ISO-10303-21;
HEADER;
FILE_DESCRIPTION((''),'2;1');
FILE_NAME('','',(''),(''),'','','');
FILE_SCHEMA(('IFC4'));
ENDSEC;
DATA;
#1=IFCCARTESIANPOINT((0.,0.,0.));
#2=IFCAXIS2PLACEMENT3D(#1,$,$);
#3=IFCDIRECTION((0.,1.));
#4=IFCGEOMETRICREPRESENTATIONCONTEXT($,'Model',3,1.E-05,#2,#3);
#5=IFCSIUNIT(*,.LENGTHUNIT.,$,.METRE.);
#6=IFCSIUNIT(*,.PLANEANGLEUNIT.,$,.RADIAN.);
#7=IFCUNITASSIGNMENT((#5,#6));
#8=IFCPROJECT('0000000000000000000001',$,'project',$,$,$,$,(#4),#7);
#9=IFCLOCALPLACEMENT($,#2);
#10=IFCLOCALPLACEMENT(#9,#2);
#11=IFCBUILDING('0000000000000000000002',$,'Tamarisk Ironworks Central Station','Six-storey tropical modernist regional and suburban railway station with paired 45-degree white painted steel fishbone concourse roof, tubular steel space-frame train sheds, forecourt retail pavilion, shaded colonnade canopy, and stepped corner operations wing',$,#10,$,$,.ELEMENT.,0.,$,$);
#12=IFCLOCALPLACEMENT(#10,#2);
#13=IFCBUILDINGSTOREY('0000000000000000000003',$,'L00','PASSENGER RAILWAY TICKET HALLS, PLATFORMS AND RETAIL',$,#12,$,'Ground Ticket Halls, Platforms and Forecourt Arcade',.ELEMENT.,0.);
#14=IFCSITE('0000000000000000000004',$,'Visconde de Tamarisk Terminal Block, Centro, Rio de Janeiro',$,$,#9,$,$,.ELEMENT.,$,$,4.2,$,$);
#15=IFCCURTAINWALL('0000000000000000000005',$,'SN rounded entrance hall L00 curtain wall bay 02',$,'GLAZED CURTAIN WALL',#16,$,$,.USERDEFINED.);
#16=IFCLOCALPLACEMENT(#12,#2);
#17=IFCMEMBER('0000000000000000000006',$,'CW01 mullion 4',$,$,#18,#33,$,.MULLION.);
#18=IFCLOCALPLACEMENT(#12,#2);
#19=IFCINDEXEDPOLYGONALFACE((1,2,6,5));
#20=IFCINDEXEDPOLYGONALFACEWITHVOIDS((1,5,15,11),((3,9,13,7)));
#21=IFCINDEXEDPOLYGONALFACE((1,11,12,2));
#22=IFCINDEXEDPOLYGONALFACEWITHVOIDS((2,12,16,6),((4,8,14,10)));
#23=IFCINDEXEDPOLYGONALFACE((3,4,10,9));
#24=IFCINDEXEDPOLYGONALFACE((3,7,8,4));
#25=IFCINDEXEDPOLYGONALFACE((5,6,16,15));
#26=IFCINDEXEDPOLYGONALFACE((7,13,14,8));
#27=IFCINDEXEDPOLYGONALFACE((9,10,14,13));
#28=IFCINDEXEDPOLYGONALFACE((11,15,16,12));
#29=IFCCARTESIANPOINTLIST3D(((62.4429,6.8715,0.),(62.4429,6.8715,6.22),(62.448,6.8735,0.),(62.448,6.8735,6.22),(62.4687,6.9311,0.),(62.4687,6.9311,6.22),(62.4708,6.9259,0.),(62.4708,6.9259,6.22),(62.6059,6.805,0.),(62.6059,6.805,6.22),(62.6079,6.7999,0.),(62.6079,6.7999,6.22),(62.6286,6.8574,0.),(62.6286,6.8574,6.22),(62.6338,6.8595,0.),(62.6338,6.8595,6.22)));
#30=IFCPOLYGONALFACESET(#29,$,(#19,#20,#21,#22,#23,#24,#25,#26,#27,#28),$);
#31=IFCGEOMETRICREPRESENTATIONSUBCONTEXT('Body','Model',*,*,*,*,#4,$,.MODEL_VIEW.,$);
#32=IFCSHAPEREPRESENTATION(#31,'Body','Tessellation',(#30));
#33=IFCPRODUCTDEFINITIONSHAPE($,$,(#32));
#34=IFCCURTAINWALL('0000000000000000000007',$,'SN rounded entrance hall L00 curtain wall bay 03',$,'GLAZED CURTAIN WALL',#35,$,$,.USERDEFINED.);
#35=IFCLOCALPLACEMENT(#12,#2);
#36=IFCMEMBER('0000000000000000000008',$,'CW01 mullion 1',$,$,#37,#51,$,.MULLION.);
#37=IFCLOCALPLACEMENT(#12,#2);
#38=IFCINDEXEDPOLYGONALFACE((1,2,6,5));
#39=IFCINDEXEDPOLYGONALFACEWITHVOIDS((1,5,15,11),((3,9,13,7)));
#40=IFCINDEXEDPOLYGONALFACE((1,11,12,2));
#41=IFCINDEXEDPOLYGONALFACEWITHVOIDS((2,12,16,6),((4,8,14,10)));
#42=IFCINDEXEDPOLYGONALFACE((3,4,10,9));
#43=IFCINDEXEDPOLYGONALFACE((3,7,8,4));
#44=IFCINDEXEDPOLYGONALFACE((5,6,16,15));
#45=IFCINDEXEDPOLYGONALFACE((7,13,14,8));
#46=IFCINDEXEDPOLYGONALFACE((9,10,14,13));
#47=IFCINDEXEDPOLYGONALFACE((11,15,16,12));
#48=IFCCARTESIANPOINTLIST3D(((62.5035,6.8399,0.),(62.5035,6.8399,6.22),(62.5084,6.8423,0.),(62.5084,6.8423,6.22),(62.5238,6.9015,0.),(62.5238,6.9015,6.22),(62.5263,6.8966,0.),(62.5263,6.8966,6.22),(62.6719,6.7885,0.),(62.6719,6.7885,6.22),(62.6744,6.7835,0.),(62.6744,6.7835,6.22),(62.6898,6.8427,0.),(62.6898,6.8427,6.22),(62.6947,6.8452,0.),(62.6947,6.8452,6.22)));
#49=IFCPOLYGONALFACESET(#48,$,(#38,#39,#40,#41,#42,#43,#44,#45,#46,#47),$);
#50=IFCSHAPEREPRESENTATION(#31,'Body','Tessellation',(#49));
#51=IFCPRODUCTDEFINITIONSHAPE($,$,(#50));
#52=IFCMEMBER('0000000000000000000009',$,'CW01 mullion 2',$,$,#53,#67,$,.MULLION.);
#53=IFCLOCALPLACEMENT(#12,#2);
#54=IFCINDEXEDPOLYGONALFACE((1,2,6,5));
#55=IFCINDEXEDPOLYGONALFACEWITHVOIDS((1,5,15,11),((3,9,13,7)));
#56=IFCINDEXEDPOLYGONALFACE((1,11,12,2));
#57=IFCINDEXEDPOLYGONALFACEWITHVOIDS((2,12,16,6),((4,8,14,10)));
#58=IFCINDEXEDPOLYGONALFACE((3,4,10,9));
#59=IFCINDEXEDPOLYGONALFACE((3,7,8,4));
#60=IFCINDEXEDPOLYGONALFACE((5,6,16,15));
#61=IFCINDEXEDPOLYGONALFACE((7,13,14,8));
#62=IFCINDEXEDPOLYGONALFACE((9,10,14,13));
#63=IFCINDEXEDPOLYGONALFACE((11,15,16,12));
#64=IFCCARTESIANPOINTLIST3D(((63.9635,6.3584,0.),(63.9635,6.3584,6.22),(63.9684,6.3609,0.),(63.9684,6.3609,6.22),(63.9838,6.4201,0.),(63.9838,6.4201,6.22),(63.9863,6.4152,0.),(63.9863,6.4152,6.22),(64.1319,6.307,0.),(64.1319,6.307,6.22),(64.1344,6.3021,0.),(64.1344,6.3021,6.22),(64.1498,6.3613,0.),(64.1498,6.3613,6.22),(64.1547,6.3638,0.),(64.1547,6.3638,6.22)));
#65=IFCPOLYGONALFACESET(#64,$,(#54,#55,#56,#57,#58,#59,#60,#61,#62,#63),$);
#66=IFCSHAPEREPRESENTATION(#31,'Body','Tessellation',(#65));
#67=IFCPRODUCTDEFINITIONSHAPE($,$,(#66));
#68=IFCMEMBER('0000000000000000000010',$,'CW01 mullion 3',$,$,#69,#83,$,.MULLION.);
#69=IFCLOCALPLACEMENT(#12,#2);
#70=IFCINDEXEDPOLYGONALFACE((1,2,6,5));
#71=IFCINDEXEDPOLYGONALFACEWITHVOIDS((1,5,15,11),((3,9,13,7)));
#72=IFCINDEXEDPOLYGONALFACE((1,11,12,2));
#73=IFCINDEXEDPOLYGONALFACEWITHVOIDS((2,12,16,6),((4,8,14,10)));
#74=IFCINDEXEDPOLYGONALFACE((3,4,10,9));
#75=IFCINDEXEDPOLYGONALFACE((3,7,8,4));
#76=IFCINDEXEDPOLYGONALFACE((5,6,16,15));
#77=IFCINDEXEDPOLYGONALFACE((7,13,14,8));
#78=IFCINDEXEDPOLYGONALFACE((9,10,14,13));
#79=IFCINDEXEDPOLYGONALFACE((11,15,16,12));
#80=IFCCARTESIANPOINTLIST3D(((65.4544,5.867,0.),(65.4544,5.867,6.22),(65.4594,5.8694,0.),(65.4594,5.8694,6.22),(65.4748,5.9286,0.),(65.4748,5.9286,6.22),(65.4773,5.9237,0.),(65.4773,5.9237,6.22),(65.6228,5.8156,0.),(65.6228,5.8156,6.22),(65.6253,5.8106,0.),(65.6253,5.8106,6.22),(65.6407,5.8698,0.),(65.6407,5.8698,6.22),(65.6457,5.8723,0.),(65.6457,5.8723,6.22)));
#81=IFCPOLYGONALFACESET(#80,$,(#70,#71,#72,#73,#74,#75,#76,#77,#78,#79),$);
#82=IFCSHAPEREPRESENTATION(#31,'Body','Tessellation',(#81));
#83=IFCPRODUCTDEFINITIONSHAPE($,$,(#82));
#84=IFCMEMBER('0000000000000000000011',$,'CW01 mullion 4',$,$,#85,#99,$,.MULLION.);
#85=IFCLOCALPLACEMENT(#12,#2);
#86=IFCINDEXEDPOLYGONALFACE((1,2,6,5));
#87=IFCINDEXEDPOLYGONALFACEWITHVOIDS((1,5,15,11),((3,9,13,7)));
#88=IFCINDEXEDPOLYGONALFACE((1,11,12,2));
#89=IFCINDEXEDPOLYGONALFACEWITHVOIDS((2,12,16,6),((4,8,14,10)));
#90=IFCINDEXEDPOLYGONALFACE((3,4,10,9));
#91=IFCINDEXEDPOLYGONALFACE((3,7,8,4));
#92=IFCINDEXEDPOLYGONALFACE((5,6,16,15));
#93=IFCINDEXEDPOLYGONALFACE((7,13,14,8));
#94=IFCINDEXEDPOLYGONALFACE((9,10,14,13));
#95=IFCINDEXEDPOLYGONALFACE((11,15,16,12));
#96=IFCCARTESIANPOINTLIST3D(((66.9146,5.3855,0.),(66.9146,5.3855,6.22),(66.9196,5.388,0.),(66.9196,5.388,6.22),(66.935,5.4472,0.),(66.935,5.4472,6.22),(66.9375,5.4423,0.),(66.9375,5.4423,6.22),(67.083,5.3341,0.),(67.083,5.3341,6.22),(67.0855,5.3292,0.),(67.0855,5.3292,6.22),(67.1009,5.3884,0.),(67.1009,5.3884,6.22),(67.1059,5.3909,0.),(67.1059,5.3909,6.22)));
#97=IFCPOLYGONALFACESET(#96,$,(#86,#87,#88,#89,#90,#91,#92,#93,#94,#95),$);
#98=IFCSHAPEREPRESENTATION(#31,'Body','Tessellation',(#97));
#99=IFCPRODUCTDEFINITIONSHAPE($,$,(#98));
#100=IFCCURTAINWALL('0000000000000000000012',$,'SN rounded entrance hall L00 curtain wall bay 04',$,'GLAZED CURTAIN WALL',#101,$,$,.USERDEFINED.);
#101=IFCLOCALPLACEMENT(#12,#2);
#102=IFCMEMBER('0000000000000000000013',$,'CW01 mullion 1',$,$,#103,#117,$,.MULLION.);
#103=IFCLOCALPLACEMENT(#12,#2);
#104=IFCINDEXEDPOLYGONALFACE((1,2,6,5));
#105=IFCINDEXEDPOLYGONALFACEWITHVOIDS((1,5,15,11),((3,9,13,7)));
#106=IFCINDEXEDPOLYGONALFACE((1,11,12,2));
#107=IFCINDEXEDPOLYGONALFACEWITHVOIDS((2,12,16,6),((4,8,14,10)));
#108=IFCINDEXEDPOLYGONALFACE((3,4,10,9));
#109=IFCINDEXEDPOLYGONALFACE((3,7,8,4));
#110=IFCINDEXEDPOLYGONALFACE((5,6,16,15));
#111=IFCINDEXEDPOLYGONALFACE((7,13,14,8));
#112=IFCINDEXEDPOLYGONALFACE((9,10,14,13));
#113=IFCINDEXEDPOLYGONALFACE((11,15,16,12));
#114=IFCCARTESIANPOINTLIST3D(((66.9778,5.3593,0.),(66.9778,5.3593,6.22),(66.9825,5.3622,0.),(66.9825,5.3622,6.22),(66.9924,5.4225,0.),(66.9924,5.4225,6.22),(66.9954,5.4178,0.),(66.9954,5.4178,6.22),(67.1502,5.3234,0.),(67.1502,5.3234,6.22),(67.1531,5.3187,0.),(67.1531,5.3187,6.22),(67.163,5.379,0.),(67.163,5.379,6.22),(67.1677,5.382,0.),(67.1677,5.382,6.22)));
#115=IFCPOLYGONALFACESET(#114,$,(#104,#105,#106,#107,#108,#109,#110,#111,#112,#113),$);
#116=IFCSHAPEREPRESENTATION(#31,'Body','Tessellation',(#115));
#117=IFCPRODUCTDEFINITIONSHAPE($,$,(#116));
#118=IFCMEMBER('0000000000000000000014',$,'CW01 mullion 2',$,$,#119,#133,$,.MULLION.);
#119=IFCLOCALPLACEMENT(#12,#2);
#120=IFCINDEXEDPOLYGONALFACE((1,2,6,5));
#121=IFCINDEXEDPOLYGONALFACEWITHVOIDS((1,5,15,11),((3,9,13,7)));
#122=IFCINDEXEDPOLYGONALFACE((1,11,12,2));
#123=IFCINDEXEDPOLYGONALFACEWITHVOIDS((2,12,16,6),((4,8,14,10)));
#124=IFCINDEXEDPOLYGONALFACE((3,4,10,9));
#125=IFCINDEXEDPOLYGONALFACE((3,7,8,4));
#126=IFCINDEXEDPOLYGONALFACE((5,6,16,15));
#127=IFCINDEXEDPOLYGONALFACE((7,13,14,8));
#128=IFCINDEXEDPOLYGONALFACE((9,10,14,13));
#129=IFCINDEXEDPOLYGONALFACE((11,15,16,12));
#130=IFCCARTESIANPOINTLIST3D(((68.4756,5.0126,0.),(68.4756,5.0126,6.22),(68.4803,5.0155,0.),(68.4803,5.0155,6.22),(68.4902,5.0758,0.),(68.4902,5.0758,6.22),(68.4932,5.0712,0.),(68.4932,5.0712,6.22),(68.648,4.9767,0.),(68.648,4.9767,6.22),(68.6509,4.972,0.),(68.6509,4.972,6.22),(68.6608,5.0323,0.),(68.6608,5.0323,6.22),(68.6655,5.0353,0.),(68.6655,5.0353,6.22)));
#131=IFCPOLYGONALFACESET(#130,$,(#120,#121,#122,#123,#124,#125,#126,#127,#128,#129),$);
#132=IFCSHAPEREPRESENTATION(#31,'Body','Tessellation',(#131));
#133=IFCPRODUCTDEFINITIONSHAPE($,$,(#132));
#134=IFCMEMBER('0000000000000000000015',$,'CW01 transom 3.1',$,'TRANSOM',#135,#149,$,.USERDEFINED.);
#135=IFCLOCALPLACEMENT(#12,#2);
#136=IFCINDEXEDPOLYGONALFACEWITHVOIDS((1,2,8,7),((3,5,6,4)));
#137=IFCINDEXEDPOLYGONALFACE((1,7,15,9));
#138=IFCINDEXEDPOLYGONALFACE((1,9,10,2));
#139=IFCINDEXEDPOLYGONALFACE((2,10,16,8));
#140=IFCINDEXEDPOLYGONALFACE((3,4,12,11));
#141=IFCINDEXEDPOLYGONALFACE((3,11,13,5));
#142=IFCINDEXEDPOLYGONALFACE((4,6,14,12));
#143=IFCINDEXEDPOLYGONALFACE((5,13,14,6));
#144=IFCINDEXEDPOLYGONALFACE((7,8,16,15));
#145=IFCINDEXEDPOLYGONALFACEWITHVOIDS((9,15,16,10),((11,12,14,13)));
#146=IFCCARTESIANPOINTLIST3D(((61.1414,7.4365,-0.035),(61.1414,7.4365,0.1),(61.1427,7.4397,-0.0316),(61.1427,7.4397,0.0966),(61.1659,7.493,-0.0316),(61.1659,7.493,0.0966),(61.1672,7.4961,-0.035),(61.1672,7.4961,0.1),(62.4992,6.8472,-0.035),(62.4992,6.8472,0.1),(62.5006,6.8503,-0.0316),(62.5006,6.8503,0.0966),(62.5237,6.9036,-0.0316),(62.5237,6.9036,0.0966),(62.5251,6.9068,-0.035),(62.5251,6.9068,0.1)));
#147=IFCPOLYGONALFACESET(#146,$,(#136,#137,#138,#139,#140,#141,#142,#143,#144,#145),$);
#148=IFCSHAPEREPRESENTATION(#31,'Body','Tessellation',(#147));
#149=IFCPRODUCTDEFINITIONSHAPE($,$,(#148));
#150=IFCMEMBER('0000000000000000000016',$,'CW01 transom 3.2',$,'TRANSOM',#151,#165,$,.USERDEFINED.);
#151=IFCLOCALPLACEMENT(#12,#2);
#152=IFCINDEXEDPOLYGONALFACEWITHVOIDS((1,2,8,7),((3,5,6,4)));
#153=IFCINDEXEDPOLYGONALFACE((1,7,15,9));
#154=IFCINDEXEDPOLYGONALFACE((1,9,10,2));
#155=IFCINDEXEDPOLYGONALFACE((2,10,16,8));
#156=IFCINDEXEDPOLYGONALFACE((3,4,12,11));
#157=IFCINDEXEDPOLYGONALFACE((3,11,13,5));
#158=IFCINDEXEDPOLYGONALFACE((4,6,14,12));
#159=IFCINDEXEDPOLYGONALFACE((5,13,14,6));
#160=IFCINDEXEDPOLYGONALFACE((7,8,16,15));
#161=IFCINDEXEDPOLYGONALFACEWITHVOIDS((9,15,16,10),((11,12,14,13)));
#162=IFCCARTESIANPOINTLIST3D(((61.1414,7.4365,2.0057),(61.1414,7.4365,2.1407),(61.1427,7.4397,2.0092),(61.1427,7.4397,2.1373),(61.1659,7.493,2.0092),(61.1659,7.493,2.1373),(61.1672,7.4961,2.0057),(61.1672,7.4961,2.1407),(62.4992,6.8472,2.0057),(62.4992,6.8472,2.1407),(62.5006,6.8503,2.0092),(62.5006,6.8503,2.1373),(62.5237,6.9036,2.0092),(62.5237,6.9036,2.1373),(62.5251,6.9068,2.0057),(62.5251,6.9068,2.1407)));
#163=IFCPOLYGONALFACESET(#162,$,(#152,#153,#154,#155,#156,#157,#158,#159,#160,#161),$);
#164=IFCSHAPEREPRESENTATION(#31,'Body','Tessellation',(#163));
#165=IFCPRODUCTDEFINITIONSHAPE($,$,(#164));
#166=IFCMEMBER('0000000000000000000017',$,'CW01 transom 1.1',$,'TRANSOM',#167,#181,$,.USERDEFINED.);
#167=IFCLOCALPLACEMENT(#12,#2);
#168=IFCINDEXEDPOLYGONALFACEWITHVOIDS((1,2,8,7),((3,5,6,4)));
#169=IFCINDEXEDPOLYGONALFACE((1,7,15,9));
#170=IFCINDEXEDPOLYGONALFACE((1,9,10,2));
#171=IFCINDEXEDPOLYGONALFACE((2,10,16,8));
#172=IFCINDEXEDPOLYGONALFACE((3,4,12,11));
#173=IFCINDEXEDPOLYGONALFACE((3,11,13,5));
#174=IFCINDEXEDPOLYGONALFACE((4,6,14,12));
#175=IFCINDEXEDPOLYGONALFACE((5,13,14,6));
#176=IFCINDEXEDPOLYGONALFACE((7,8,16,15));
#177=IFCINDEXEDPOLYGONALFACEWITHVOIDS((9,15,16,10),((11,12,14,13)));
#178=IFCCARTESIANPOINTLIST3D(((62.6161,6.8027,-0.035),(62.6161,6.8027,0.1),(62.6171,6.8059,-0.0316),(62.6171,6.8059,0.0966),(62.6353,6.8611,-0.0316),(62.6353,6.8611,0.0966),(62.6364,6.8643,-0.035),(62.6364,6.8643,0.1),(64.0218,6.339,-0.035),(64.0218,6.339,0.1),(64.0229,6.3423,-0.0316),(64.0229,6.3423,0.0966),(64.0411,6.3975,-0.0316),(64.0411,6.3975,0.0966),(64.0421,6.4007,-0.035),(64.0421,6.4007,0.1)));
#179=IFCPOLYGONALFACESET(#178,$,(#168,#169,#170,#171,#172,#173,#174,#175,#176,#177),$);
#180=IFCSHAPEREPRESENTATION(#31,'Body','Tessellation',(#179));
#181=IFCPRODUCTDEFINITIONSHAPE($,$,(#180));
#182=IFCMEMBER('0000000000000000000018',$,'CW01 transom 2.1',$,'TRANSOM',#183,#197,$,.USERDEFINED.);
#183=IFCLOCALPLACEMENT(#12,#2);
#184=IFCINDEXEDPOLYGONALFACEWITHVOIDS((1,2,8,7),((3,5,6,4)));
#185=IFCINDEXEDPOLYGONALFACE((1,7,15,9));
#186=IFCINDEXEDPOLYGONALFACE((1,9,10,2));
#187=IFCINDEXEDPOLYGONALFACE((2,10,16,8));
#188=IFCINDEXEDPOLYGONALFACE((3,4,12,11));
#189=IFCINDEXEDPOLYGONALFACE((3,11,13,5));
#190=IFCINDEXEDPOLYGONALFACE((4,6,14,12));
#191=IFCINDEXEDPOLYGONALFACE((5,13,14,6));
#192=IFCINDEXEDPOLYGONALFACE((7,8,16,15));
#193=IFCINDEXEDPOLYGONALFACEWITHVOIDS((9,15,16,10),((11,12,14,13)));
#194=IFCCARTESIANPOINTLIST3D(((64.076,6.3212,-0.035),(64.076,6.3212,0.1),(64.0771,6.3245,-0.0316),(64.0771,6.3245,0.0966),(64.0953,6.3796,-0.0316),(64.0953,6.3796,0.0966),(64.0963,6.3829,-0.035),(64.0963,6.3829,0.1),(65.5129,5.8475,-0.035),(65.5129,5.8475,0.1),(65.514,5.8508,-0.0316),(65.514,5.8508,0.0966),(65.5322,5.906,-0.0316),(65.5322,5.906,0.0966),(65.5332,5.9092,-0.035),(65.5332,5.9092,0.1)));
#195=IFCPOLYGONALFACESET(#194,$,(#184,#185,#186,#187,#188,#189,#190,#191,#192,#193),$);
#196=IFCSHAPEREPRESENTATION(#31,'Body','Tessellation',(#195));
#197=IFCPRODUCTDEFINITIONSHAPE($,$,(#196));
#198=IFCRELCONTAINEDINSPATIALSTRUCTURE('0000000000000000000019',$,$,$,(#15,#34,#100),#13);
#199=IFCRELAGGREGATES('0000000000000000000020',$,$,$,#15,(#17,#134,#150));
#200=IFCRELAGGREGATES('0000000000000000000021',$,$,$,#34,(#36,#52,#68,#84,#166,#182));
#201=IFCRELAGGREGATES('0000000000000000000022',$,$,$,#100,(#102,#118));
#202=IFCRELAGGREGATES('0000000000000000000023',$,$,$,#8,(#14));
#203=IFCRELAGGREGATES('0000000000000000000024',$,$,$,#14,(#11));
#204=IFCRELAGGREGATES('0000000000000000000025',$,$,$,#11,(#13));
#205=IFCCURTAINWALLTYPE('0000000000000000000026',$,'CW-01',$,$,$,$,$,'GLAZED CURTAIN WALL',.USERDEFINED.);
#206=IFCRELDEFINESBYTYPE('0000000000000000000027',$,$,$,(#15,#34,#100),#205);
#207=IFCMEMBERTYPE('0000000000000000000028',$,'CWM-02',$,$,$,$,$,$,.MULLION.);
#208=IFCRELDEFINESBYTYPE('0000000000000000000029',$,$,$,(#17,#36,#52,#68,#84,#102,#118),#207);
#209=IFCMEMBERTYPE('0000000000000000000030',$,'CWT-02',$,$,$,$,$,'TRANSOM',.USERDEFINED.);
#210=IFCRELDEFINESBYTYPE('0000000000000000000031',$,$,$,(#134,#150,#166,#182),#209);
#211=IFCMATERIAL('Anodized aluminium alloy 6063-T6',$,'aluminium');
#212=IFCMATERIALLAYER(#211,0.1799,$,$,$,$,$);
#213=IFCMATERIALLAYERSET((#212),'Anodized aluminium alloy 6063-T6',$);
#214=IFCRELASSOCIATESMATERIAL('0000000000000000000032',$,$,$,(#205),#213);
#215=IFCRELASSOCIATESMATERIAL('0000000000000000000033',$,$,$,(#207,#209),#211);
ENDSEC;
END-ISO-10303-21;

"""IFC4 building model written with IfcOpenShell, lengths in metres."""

from ifc_helpers import new_model, si_unit, direction, frame, origin, origin_2d, place, context, subcontext, project, spatial, hollow_rectangle, extrude, material, layer, layer_set, material_profile, profile_set, type_object, element, aggregate, save


model = new_model("IFC4")

# Units and contexts
model_context = context("Model", 3, precision=1e-05, world=origin(), true_north=direction((0.0, 1.0)))
body_context = subcontext(model_context, "Body", "Model", "MODEL_VIEW")
ifc_project = project(units=[si_unit("LENGTHUNIT", "METRE"), si_unit("PLANEANGLEUNIT", "RADIAN")], contexts=[model_context])

# Site, building, storey
site_placement = place(None, origin())
site = spatial("IfcSite", under=ifc_project, at=site_placement, Name="Visconde de Tamarisk Terminal Block, Centro, Rio de Janeiro", CompositionType="ELEMENT", RefElevation=4.2)
building_placement = place(site_placement, origin())
building = spatial("IfcBuilding", under=site, at=building_placement, Name="Tamarisk Ironworks Central Station", Description="Six-storey tropical modernist regional and suburban railway station with paired 45-degree white painted steel fishbone concourse roof, tubular steel space-frame train sheds, forecourt retail pavilion, shaded colonnade canopy, and stepped corner operations wing", CompositionType="ELEMENT", ElevationOfRefHeight=0.0)
storey_placement = place(building_placement, origin())
storey = spatial("IfcBuildingStorey", under=building, at=storey_placement, Name="L00", Description="PASSENGER RAILWAY TICKET HALLS, PLATFORMS AND RETAIL", LongName="Ground Ticket Halls, Platforms and Forecourt Arcade", CompositionType="ELEMENT", Elevation=0.0)

# Curtain walls, members
ifc_material_1 = material(Name="Anodized aluminium alloy 6063-T6", Category="aluminium")
ifc_layer_1 = layer(ifc_material_1, 0.1799)
ifc_layer_set_1 = layer_set([ifc_layer_1], Name="Anodized aluminium alloy 6063-T6")
curtain_wall_type = type_object("IfcCurtainWallType", Name="CW-01", ElementType="GLAZED CURTAIN WALL", PredefinedType="USERDEFINED", material=ifc_layer_set_1)
curtain_wall_1_placement = place(storey_placement, origin())
curtain_wall_1 = element("IfcCurtainWall", 1, at=curtain_wall_1_placement, inside=storey, type_object=curtain_wall_type, Name="SN rounded entrance hall L00 curtain wall bay 02", ObjectType="GLAZED CURTAIN WALL", PredefinedType="USERDEFINED")
ifc_material_profile_1 = material_profile(ifc_material_1, hollow_rectangle(XDim=0.0649, YDim=0.1799, WallThickness=0.0039, at=origin_2d()), Name="ALUM 180x65")
ifc_profile_set_1 = profile_set([ifc_material_profile_1], Name="Anodized aluminium alloy 6063-T6")
member_type_1 = type_object("IfcMemberType", Name="CWM-02", PredefinedType="MULLION", material=ifc_profile_set_1)
member_1_placement = place(storey_placement, frame((62.5383, 6.8655, 0.0), z_axis=(0.0, 0.0, 1.0), x_axis=(0.398077, 0.917352, 0.0)))
member_1 = element("IfcMember", 2, at=member_1_placement, type_object=member_type_1, Name="CW01 mullion 4", PredefinedType="MULLION", context=body_context, shape_type="SweptSolid", body=[
    extrude(hollow_rectangle(XDim=0.0649, YDim=0.1799, WallThickness=0.0039, at=origin_2d()), origin(), (0.0, 0.0, 1.0), 6.22),
])
curtain_wall_2_placement = place(storey_placement, origin())
curtain_wall_2 = element("IfcCurtainWall", 3, at=curtain_wall_2_placement, inside=storey, type_object=curtain_wall_type, Name="SN rounded entrance hall L00 curtain wall bay 03", ObjectType="GLAZED CURTAIN WALL", PredefinedType="USERDEFINED")
member_2_placement = place(storey_placement, frame((62.5991, 6.8425, 0.0), z_axis=(0.0, 0.0, 1.0), x_axis=(0.313098, 0.949721, 0.0)))
member_2 = element("IfcMember", 4, at=member_2_placement, type_object=member_type_1, Name="CW01 mullion 1", PredefinedType="MULLION", context=body_context, shape_type="SweptSolid", body=[
    extrude(hollow_rectangle(XDim=0.0649, YDim=0.1799, WallThickness=0.0039, at=origin_2d()), origin(), (0.0, 0.0, 1.0), 6.22),
])
member_3_placement = place(storey_placement, frame((64.0591, 6.3611, 0.0), z_axis=(0.0, 0.0, 1.0), x_axis=(0.313098, 0.949721, 0.0)))
member_3 = element("IfcMember", 5, at=member_3_placement, type_object=member_type_1, Name="CW01 mullion 2", PredefinedType="MULLION", context=body_context, shape_type="SweptSolid", body=[
    extrude(hollow_rectangle(XDim=0.0649, YDim=0.1799, WallThickness=0.0039, at=origin_2d()), origin(), (0.0, 0.0, 1.0), 6.22),
])
member_4_placement = place(storey_placement, frame((65.55, 5.8696, 0.0), z_axis=(0.0, 0.0, 1.0), x_axis=(0.313098, 0.949721, 0.0)))
member_4 = element("IfcMember", 6, at=member_4_placement, type_object=member_type_1, Name="CW01 mullion 3", PredefinedType="MULLION", context=body_context, shape_type="SweptSolid", body=[
    extrude(hollow_rectangle(XDim=0.0649, YDim=0.1799, WallThickness=0.0039, at=origin_2d()), origin(), (0.0, 0.0, 1.0), 6.22),
])
member_5_placement = place(storey_placement, frame((67.0103, 5.3882, 0.0), z_axis=(0.0, 0.0, 1.0), x_axis=(0.313098, 0.949721, 0.0)))
member_5 = element("IfcMember", 7, at=member_5_placement, type_object=member_type_1, Name="CW01 mullion 4", PredefinedType="MULLION", context=body_context, shape_type="SweptSolid", body=[
    extrude(hollow_rectangle(XDim=0.0649, YDim=0.1799, WallThickness=0.0039, at=origin_2d()), origin(), (0.0, 0.0, 1.0), 6.22),
])
curtain_wall_3_placement = place(storey_placement, origin())
curtain_wall_3 = element("IfcCurtainWall", 8, at=curtain_wall_3_placement, inside=storey, type_object=curtain_wall_type, Name="SN rounded entrance hall L00 curtain wall bay 04", ObjectType="GLAZED CURTAIN WALL", PredefinedType="USERDEFINED")
member_6_placement = place(storey_placement, frame((67.0728, 5.3706, 0.0), z_axis=(0.0, 0.0, 1.0), x_axis=(0.225517, 0.974239, 0.0)))
member_6 = element("IfcMember", 9, at=member_6_placement, type_object=member_type_1, Name="CW01 mullion 1", PredefinedType="MULLION", context=body_context, shape_type="SweptSolid", body=[
    extrude(hollow_rectangle(XDim=0.0649, YDim=0.1799, WallThickness=0.0039, at=origin_2d()), origin(), (0.0, 0.0, 1.0), 6.22),
])
member_7_placement = place(storey_placement, frame((68.5706, 5.0239, 0.0), z_axis=(0.0, 0.0, 1.0), x_axis=(0.225517, 0.974239, 0.0)))
member_7 = element("IfcMember", 10, at=member_7_placement, type_object=member_type_1, Name="CW01 mullion 2", PredefinedType="MULLION", context=body_context, shape_type="SweptSolid", body=[
    extrude(hollow_rectangle(XDim=0.0649, YDim=0.1799, WallThickness=0.0039, at=origin_2d()), origin(), (0.0, 0.0, 1.0), 6.22),
])

# Members
ifc_material_profile_2 = material_profile(ifc_material_1, hollow_rectangle(XDim=0.0649, YDim=0.135, WallThickness=0.0034, at=origin_2d()), Name="ALUM 135x65")
ifc_profile_set_2 = profile_set([ifc_material_profile_2], Name="Anodized aluminium alloy 6063-T6")
member_type_2 = type_object("IfcMemberType", Name="CWT-02", ElementType="TRANSOM", PredefinedType="USERDEFINED", material=ifc_profile_set_2)
member_8_placement = place(storey_placement, frame((61.1543, 7.4663, 0.0325), z_axis=(0.917327, -0.398135, 0.0), x_axis=(0.398135, 0.917327, 0.0)))
member_8 = element("IfcMember", 11, at=member_8_placement, type_object=member_type_2, Name="CW01 transom 3.1", ObjectType="TRANSOM", PredefinedType="USERDEFINED", context=body_context, shape_type="SweptSolid", body=[
    extrude(hollow_rectangle(XDim=0.0649, YDim=0.135, WallThickness=0.0034, at=origin_2d()), origin(), (0.0, 0.0, 1.0), 1.4802),
])
member_9_placement = place(storey_placement, frame((61.1543, 7.4663, 2.0732), z_axis=(0.917327, -0.398135, 0.0), x_axis=(0.398135, 0.917327, 0.0)))
member_9 = element("IfcMember", 12, at=member_9_placement, type_object=member_type_2, Name="CW01 transom 3.2", ObjectType="TRANSOM", PredefinedType="USERDEFINED", context=body_context, shape_type="SweptSolid", body=[
    extrude(hollow_rectangle(XDim=0.0649, YDim=0.135, WallThickness=0.0034, at=origin_2d()), origin(), (0.0, 0.0, 1.0), 1.4802),
])
member_10_placement = place(storey_placement, frame((62.6262, 6.8335, 0.0325), z_axis=(0.949685, -0.313208, 0.0), x_axis=(0.313208, 0.949685, 0.0)))
member_10 = element("IfcMember", 13, at=member_10_placement, type_object=member_type_2, Name="CW01 transom 1.1", ObjectType="TRANSOM", PredefinedType="USERDEFINED", context=body_context, shape_type="SweptSolid", body=[
    extrude(hollow_rectangle(XDim=0.0649, YDim=0.135, WallThickness=0.0034, at=origin_2d()), origin(), (0.0, 0.0, 1.0), 1.4802),
])
member_11_placement = place(storey_placement, frame((64.0862, 6.3521, 0.0325), z_axis=(0.949727, -0.313079, 0.0), x_axis=(0.313079, 0.949727, 0.0)))
member_11 = element("IfcMember", 14, at=member_11_placement, type_object=member_type_2, Name="CW01 transom 2.1", ObjectType="TRANSOM", PredefinedType="USERDEFINED", context=body_context, shape_type="SweptSolid", body=[
    extrude(hollow_rectangle(XDim=0.0649, YDim=0.135, WallThickness=0.0034, at=origin_2d()), origin(), (0.0, 0.0, 1.0), 1.5129),
])

aggregate(curtain_wall_1, [member_1, member_8, member_9])
aggregate(curtain_wall_2, [member_2, member_3, member_4, member_5, member_10, member_11])
aggregate(curtain_wall_3, [member_6, member_7])

save(model, "model.ifc")
